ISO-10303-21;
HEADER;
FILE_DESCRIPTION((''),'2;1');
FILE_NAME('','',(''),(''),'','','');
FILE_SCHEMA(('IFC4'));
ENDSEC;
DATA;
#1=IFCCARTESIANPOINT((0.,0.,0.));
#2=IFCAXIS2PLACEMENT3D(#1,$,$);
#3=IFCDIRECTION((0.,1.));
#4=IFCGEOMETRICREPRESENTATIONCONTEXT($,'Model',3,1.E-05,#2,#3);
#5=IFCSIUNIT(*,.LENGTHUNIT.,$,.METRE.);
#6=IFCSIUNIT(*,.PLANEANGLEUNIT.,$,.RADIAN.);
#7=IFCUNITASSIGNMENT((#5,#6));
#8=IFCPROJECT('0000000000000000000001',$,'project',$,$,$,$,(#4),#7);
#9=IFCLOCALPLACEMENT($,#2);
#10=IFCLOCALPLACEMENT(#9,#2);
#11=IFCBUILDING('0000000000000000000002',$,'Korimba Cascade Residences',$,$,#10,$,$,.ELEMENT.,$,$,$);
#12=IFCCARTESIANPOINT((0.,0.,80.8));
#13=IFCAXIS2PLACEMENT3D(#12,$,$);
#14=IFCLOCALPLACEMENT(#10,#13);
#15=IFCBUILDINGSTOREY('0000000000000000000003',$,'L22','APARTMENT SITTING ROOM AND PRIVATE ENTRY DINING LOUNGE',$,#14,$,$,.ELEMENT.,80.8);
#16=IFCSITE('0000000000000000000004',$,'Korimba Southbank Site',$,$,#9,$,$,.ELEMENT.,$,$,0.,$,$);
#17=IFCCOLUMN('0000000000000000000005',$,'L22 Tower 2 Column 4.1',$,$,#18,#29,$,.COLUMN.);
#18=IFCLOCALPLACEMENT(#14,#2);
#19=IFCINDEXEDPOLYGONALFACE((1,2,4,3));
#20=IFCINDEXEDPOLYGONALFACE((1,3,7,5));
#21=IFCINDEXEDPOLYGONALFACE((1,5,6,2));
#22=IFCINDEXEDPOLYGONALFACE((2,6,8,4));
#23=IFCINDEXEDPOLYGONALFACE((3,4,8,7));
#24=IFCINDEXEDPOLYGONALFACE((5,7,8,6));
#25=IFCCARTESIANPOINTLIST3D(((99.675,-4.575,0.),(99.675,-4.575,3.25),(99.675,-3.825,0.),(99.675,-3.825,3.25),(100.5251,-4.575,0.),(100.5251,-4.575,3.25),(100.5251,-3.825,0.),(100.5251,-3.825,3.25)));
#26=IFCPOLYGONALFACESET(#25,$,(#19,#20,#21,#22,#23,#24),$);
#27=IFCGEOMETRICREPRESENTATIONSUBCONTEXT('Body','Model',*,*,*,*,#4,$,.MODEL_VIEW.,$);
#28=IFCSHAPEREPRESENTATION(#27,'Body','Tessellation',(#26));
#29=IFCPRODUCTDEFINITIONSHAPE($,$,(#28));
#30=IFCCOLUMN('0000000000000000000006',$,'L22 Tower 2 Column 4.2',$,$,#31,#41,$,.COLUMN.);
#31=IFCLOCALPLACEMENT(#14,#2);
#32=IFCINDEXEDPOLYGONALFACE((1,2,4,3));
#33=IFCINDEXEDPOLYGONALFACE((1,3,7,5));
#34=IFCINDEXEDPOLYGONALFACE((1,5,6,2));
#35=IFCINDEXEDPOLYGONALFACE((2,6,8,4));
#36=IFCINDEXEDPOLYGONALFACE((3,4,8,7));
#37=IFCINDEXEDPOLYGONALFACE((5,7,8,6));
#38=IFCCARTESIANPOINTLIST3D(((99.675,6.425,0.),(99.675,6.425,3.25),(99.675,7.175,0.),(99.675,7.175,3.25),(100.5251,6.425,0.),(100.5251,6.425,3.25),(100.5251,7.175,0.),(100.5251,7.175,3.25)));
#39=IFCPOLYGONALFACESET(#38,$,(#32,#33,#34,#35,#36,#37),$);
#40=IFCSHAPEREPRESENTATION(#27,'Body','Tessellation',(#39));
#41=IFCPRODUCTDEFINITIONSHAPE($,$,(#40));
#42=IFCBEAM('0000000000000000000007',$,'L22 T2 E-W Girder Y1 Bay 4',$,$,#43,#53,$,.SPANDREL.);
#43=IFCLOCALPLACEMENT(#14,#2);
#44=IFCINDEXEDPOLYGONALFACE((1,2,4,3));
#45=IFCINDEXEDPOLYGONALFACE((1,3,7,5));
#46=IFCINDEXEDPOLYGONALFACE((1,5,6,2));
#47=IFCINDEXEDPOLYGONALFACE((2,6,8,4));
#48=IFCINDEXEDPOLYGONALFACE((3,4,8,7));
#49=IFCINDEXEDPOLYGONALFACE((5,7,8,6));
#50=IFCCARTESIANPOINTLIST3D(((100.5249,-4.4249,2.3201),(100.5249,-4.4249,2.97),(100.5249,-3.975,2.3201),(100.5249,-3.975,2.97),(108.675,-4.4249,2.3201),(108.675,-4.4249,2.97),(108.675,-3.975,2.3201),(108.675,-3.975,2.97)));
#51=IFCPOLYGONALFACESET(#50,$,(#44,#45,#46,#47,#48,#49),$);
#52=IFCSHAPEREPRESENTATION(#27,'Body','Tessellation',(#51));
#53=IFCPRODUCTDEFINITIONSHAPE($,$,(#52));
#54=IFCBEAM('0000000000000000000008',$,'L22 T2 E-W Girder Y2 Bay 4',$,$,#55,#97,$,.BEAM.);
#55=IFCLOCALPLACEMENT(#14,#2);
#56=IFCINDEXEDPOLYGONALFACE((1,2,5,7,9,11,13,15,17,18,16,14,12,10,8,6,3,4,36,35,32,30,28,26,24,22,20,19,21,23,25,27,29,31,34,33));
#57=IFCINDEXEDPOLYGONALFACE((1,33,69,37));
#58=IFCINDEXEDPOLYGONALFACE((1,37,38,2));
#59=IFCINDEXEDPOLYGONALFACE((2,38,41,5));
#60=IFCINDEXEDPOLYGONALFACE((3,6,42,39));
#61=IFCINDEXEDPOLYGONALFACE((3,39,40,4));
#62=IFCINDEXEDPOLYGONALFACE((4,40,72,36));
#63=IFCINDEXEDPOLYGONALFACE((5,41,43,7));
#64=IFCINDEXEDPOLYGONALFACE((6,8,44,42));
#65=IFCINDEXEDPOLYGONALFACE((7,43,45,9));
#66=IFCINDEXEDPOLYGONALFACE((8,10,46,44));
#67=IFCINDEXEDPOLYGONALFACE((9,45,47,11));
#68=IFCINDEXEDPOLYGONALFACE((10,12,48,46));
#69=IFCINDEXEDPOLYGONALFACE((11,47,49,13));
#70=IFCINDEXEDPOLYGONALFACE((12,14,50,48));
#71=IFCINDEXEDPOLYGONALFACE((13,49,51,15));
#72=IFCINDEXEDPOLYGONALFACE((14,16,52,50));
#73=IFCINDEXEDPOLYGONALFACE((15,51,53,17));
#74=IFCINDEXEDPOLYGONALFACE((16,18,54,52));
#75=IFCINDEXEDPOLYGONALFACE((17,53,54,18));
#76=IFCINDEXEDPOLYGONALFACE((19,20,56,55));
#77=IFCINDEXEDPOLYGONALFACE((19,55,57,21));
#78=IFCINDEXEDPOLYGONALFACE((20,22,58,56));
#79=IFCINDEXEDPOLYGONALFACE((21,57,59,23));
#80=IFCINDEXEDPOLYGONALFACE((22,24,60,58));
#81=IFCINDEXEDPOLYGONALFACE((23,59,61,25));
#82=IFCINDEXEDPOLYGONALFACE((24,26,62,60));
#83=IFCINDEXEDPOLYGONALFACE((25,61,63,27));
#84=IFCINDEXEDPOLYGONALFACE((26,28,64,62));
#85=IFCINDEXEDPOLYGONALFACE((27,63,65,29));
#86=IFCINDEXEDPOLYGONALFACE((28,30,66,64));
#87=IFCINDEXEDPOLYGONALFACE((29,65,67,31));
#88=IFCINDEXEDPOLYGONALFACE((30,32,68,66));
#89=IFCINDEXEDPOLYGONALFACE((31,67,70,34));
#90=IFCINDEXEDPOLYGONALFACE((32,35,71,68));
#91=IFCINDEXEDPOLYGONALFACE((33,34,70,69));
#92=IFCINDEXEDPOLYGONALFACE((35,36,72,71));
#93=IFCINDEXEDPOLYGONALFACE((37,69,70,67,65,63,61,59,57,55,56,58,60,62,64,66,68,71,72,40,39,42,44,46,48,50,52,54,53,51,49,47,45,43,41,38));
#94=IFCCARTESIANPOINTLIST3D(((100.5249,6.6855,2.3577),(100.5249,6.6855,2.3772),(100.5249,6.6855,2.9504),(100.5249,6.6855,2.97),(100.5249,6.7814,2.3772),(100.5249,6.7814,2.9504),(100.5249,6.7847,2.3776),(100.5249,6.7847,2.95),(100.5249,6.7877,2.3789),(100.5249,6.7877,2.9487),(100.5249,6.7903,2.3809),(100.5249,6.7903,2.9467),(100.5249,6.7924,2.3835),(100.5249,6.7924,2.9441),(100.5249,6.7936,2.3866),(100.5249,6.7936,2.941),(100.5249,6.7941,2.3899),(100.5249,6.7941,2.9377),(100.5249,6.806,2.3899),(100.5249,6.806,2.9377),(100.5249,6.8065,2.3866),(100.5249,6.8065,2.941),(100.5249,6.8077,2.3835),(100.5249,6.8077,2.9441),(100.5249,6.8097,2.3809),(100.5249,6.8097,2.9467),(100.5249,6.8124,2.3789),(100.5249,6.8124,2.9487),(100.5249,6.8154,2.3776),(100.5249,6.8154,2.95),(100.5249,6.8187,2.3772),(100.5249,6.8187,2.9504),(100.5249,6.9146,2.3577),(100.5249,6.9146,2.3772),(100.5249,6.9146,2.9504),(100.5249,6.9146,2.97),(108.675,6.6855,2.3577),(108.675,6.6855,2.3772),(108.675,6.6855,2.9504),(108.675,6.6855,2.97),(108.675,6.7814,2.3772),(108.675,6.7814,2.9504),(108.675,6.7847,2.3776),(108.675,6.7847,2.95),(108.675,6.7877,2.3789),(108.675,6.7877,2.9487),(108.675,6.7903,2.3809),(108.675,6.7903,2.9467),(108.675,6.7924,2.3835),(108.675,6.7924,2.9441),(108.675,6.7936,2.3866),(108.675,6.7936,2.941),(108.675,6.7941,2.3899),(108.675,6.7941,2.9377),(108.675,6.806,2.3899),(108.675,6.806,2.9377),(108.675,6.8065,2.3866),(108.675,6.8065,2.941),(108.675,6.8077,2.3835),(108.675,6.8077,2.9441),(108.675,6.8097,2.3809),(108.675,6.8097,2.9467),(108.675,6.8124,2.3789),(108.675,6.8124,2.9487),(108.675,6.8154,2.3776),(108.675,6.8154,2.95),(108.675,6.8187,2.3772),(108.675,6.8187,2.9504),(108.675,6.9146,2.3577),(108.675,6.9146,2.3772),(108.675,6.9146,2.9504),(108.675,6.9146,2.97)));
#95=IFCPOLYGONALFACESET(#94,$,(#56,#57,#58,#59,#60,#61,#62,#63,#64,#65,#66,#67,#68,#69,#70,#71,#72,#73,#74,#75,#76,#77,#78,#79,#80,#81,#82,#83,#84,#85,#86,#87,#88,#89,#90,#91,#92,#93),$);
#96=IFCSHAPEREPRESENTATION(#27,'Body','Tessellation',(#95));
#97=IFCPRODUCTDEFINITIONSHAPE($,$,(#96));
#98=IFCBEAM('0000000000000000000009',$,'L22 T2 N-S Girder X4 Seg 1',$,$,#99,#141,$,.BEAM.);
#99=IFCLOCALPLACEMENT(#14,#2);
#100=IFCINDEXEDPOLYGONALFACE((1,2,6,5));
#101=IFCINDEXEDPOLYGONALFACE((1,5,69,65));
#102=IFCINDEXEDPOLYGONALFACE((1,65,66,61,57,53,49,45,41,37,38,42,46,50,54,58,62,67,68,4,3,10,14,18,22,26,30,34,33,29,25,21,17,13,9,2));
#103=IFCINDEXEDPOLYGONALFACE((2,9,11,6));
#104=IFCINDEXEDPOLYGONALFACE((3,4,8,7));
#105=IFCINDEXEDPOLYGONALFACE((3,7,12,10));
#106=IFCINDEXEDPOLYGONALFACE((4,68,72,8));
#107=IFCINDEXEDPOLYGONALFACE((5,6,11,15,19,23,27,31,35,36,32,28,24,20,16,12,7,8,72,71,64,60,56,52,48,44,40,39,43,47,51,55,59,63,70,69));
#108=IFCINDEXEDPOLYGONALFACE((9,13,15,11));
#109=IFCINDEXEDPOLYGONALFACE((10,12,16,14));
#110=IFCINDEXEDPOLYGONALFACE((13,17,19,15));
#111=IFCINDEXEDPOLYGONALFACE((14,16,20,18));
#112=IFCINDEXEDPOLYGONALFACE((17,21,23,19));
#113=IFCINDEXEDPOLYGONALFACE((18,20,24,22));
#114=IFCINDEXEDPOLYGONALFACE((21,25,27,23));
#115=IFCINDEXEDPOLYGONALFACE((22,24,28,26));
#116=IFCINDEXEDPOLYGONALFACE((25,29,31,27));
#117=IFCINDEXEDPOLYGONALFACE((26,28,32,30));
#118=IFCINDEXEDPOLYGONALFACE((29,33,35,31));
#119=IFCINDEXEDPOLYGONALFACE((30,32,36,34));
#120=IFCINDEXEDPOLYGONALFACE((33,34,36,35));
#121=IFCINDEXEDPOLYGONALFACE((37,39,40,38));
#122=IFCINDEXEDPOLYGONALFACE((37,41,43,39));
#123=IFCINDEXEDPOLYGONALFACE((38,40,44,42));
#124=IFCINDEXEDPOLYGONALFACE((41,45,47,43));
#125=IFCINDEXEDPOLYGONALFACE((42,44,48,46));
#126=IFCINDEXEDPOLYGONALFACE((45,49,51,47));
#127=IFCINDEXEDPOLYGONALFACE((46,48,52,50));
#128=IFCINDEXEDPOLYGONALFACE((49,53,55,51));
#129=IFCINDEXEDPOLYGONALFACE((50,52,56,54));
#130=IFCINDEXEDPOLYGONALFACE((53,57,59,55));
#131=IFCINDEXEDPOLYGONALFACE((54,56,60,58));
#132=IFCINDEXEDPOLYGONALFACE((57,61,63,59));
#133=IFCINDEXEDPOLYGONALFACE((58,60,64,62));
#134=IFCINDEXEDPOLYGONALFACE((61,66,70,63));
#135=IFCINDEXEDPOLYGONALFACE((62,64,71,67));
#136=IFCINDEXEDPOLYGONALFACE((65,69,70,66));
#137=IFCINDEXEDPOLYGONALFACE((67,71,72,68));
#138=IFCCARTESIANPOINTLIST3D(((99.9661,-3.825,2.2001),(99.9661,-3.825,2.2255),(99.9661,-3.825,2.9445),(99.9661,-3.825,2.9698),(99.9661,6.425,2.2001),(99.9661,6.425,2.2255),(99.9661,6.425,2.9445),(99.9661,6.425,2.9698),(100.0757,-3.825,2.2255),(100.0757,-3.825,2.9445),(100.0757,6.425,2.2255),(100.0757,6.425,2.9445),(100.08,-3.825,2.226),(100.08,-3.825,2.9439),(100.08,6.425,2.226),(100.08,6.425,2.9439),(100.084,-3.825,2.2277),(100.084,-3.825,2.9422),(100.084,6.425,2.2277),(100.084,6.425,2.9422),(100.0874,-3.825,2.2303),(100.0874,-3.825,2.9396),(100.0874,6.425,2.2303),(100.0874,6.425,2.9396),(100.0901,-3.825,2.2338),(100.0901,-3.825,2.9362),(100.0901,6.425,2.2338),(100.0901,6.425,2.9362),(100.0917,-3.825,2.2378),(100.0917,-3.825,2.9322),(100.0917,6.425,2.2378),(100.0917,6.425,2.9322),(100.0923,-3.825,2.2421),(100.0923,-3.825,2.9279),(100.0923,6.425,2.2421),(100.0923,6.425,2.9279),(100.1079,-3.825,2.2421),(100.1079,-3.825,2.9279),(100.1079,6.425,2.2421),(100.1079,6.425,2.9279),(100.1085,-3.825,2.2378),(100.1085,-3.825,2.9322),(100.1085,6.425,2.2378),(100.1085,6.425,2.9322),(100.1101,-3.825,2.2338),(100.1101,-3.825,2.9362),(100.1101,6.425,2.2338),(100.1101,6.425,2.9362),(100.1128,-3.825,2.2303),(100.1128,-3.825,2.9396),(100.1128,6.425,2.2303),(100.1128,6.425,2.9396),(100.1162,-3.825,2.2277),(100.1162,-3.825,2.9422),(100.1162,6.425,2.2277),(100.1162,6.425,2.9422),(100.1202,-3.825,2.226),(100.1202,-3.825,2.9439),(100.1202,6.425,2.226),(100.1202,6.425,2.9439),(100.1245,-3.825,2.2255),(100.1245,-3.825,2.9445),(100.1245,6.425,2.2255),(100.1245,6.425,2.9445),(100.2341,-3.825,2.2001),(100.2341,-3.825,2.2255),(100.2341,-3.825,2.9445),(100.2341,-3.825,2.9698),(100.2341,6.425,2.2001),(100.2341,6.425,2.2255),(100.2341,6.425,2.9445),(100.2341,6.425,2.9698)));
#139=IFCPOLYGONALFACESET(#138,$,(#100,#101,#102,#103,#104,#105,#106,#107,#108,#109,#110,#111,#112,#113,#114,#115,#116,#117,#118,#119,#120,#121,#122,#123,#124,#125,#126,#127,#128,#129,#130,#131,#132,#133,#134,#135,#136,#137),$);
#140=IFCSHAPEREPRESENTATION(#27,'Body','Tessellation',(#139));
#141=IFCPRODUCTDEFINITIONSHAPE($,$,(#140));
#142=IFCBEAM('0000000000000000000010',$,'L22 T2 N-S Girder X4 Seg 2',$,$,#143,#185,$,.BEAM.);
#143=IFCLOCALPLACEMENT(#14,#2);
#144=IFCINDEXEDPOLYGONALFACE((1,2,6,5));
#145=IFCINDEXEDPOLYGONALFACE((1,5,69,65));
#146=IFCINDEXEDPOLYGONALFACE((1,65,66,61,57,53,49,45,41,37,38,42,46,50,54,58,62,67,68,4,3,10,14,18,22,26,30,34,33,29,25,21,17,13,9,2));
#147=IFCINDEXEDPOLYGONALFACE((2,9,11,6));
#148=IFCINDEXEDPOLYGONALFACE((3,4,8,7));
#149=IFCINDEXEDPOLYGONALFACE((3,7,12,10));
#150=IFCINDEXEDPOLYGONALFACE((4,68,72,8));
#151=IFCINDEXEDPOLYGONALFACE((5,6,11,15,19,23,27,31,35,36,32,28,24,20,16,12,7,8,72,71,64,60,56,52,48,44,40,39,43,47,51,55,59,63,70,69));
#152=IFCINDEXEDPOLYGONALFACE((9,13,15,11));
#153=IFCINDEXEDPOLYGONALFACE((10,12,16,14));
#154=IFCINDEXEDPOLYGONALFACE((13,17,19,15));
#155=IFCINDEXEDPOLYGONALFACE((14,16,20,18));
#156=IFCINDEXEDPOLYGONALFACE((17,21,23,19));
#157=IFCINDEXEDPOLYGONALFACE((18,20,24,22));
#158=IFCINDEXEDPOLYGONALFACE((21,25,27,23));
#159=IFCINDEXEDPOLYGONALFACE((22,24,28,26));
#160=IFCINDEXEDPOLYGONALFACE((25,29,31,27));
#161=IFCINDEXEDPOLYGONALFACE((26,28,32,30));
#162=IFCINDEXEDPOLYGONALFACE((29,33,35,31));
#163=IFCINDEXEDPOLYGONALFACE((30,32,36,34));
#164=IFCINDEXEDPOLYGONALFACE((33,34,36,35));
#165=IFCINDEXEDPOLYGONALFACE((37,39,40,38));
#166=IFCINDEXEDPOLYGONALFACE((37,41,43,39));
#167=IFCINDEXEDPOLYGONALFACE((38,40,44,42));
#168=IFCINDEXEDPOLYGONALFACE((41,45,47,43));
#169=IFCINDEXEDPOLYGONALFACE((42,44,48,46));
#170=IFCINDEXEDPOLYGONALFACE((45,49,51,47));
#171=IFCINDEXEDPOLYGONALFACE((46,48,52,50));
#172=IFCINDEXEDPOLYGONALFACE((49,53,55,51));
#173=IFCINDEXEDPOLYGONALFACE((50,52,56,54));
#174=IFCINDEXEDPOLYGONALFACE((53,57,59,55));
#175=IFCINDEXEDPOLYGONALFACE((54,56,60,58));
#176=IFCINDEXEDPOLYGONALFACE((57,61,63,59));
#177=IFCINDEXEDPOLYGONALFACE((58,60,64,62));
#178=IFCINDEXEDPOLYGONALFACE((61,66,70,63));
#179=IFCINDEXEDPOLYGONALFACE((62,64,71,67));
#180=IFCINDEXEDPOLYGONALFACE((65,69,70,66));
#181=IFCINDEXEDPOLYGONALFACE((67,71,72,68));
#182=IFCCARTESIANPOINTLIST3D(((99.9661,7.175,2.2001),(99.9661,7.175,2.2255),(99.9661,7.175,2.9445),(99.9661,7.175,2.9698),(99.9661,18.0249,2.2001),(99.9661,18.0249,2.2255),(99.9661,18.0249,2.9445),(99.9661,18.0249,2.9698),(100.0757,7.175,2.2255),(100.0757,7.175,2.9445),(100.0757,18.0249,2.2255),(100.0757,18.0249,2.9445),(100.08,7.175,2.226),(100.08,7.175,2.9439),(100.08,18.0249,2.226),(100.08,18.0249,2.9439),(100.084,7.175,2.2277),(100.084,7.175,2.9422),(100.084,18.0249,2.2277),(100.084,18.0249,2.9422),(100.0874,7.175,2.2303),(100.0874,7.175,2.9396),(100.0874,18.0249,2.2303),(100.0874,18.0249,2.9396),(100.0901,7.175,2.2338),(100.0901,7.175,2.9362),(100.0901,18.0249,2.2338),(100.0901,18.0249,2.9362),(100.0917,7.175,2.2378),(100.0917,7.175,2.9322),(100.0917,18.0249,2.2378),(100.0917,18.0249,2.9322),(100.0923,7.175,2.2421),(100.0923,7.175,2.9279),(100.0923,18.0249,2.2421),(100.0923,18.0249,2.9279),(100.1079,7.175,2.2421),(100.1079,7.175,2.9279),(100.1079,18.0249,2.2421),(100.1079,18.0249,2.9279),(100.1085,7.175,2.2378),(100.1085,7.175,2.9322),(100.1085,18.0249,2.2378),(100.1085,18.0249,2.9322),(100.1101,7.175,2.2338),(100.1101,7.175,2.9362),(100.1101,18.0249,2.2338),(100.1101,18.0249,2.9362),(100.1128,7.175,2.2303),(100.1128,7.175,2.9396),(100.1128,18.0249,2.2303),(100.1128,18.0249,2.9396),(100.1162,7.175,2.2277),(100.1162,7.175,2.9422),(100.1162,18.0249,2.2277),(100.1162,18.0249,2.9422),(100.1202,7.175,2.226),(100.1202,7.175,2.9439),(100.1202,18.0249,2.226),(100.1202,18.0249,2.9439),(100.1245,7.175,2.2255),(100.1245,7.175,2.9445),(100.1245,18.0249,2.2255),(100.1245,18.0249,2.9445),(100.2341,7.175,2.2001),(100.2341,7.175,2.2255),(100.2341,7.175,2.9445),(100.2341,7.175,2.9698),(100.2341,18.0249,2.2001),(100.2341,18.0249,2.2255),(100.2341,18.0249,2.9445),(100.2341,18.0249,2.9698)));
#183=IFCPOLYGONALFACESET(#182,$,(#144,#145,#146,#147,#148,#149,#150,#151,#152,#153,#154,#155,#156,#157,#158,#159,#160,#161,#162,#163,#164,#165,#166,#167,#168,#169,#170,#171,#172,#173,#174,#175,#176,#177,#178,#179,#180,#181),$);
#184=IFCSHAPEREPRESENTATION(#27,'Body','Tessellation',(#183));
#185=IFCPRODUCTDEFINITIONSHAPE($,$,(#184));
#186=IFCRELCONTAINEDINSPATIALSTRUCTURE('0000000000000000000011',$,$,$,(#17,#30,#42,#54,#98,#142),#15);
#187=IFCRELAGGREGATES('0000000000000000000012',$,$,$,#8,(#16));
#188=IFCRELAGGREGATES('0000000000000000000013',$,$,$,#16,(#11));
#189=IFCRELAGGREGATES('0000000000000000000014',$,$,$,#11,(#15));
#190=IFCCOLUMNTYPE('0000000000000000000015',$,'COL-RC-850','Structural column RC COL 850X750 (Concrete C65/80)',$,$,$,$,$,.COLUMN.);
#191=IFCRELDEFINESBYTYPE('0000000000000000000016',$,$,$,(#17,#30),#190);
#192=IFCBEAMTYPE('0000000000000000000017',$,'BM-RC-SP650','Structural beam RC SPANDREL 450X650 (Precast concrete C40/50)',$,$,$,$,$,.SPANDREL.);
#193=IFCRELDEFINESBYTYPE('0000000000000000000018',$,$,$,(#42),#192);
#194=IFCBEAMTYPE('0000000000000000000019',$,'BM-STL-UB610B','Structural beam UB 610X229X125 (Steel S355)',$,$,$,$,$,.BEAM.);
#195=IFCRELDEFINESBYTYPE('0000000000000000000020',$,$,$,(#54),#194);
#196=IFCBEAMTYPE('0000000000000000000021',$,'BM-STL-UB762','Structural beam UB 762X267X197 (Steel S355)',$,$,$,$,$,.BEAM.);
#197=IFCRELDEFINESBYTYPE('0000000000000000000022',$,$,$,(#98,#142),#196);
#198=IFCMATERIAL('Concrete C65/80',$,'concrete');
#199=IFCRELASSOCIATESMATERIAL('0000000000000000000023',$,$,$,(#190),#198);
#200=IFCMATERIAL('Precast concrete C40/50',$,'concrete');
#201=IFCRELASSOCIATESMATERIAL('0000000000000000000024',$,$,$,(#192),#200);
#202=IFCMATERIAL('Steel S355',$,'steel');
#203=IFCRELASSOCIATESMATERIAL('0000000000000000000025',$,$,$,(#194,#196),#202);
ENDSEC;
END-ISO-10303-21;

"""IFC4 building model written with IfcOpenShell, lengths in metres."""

from ifc_helpers import new_model, si_unit, direction, frame, origin, origin_2d, place, context, subcontext, project, spatial, rectangle, i_section, extrude, material, material_profile, profile_set, type_object, element, save


model = new_model("IFC4")

# Units and contexts
model_context = context("Model", 3, precision=1e-05, world=origin(), true_north=direction((0.0, 1.0)))
body_context = subcontext(model_context, "Body", "Model", "MODEL_VIEW")
ifc_project = project(units=[si_unit("LENGTHUNIT", "METRE"), si_unit("PLANEANGLEUNIT", "RADIAN")], contexts=[model_context])

# Site, building, storey
site_placement = place(None, origin())
site = spatial("IfcSite", under=ifc_project, at=site_placement, Name="Korimba Southbank Site", CompositionType="ELEMENT", RefElevation=0.0)
building_placement = place(site_placement, origin())
building = spatial("IfcBuilding", under=site, at=building_placement, Name="Korimba Cascade Residences", CompositionType="ELEMENT")
storey_placement = place(building_placement, frame((0.0, 0.0, 80.8)))
storey = spatial("IfcBuildingStorey", under=building, at=storey_placement, Name="L22", Description="APARTMENT SITTING ROOM AND PRIVATE ENTRY DINING LOUNGE", CompositionType="ELEMENT", Elevation=80.8)

# Columns
ifc_material_1 = material(Name="Concrete C65/80", Category="concrete")
ifc_material_profile_1 = material_profile(ifc_material_1, rectangle(XDim=0.8501, YDim=0.75, at=origin_2d()), Name="Concrete C65/80")
ifc_profile_set_1 = profile_set([ifc_material_profile_1], Name="Concrete C65/80")
column_type = type_object("IfcColumnType", Name="COL-RC-850", Description="Structural column RC COL 850X750 (Concrete C65/80)", PredefinedType="COLUMN", material=ifc_profile_set_1)
for number, where, z_axis, x_axis, name in (
    (1, (100.1001, -4.2, 0.0), (0.0, 0.0, 1.0), (1.0, 0.0, 0.0), "L22 Tower 2 Column 4.1"),
    (2, (100.1001, 6.8, 0.0), (0.0, 0.0, 1.0), (1.0, 0.0, 0.0), "L22 Tower 2 Column 4.2"),
):
    element("IfcColumn", number, at=place(storey_placement, frame(where, z_axis=z_axis, x_axis=x_axis)), inside=storey, type_object=column_type, Name=name, PredefinedType="COLUMN", context=body_context, shape_type="SweptSolid", body=[
        extrude(rectangle(XDim=0.8501, YDim=0.75, at=origin_2d()), origin(), (0.0, 0.0, 1.0), 3.25),
    ])

# Beams
ifc_material_2 = material(Name="Precast concrete C40/50", Category="concrete")
ifc_material_profile_2 = material_profile(ifc_material_2, rectangle(XDim=0.45, YDim=0.6499, at=origin_2d()), Name="Precast concrete C40/50")
ifc_profile_set_2 = profile_set([ifc_material_profile_2], Name="Precast concrete C40/50")
beam_type_1 = type_object("IfcBeamType", Name="BM-RC-SP650", Description="Structural beam RC SPANDREL 450X650 (Precast concrete C40/50)", PredefinedType="SPANDREL", material=ifc_profile_set_2)
beam_1_placement = place(storey_placement, frame((100.5249, -4.2, 2.645), z_axis=(1.0, 0.0, 0.0), x_axis=(0.0, 1.0, 0.0)))
element("IfcBeam", 3, at=beam_1_placement, inside=storey, type_object=beam_type_1, Name="L22 T2 E-W Girder Y1 Bay 4", PredefinedType="SPANDREL", context=body_context, shape_type="SweptSolid", body=[
    extrude(rectangle(XDim=0.45, YDim=0.6499, at=origin_2d()), origin(), (0.0, 0.0, 1.0), 8.1501),
])
ifc_material_3 = material(Name="Steel S355", Category="steel")
ifc_material_profile_3 = material_profile(ifc_material_3, i_section(OverallWidth=0.229, OverallDepth=0.6123, WebThickness=0.012, FlangeThickness=0.0195, FilletRadius=0.0127, at=origin_2d()), Name="Steel S355")
ifc_profile_set_3 = profile_set([ifc_material_profile_3], Name="Steel S355")
beam_type_2 = type_object("IfcBeamType", Name="BM-STL-UB610B", Description="Structural beam UB 610X229X125 (Steel S355)", PredefinedType="BEAM", material=ifc_profile_set_3)
beam_2_placement = place(storey_placement, frame((100.5249, 6.8, 2.6638), z_axis=(1.0, 0.0, 0.0), x_axis=(0.0, 1.0, 0.0)))
element("IfcBeam", 4, at=beam_2_placement, inside=storey, type_object=beam_type_2, Name="L22 T2 E-W Girder Y2 Bay 4", PredefinedType="BEAM", context=body_context, shape_type="SweptSolid", body=[
    extrude(i_section(OverallWidth=0.229, OverallDepth=0.6123, WebThickness=0.012, FlangeThickness=0.0195, FilletRadius=0.0127, at=origin_2d()), origin(), (0.0, 0.0, 1.0), 8.1501),
])
ifc_material_profile_4 = material_profile(ifc_material_3, i_section(OverallWidth=0.2681, OverallDepth=0.7698, WebThickness=0.0156, FlangeThickness=0.0254, FilletRadius=0.0166, at=origin_2d()), Name="Steel S355")
ifc_profile_set_4 = profile_set([ifc_material_profile_4], Name="Steel S355")
beam_type_3 = type_object("IfcBeamType", Name="BM-STL-UB762", Description="Structural beam UB 762X267X197 (Steel S355)", PredefinedType="BEAM", material=ifc_profile_set_4)
beam_3_placement = place(storey_placement, frame((100.1001, -3.825, 2.585), z_axis=(0.0, 1.0, 0.0), x_axis=(-1.0, 0.0, 0.0)))
element("IfcBeam", 5, at=beam_3_placement, inside=storey, type_object=beam_type_3, Name="L22 T2 N-S Girder X4 Seg 1", PredefinedType="BEAM", context=body_context, shape_type="SweptSolid", body=[
    extrude(i_section(OverallWidth=0.2681, OverallDepth=0.7698, WebThickness=0.0156, FlangeThickness=0.0254, FilletRadius=0.0166, at=origin_2d()), origin(), (0.0, 0.0, 1.0), 10.25),
])
beam_4_placement = place(storey_placement, frame((100.1001, 7.175, 2.585), z_axis=(0.0, 1.0, 0.0), x_axis=(-1.0, 0.0, 0.0)))
element("IfcBeam", 6, at=beam_4_placement, inside=storey, type_object=beam_type_3, Name="L22 T2 N-S Girder X4 Seg 2", PredefinedType="BEAM", context=body_context, shape_type="SweptSolid", body=[
    extrude(i_section(OverallWidth=0.2681, OverallDepth=0.7698, WebThickness=0.0156, FlangeThickness=0.0254, FilletRadius=0.0166, at=origin_2d()), origin(), (0.0, 0.0, 1.0), 10.8499),
])

save(model, "model.ifc")
